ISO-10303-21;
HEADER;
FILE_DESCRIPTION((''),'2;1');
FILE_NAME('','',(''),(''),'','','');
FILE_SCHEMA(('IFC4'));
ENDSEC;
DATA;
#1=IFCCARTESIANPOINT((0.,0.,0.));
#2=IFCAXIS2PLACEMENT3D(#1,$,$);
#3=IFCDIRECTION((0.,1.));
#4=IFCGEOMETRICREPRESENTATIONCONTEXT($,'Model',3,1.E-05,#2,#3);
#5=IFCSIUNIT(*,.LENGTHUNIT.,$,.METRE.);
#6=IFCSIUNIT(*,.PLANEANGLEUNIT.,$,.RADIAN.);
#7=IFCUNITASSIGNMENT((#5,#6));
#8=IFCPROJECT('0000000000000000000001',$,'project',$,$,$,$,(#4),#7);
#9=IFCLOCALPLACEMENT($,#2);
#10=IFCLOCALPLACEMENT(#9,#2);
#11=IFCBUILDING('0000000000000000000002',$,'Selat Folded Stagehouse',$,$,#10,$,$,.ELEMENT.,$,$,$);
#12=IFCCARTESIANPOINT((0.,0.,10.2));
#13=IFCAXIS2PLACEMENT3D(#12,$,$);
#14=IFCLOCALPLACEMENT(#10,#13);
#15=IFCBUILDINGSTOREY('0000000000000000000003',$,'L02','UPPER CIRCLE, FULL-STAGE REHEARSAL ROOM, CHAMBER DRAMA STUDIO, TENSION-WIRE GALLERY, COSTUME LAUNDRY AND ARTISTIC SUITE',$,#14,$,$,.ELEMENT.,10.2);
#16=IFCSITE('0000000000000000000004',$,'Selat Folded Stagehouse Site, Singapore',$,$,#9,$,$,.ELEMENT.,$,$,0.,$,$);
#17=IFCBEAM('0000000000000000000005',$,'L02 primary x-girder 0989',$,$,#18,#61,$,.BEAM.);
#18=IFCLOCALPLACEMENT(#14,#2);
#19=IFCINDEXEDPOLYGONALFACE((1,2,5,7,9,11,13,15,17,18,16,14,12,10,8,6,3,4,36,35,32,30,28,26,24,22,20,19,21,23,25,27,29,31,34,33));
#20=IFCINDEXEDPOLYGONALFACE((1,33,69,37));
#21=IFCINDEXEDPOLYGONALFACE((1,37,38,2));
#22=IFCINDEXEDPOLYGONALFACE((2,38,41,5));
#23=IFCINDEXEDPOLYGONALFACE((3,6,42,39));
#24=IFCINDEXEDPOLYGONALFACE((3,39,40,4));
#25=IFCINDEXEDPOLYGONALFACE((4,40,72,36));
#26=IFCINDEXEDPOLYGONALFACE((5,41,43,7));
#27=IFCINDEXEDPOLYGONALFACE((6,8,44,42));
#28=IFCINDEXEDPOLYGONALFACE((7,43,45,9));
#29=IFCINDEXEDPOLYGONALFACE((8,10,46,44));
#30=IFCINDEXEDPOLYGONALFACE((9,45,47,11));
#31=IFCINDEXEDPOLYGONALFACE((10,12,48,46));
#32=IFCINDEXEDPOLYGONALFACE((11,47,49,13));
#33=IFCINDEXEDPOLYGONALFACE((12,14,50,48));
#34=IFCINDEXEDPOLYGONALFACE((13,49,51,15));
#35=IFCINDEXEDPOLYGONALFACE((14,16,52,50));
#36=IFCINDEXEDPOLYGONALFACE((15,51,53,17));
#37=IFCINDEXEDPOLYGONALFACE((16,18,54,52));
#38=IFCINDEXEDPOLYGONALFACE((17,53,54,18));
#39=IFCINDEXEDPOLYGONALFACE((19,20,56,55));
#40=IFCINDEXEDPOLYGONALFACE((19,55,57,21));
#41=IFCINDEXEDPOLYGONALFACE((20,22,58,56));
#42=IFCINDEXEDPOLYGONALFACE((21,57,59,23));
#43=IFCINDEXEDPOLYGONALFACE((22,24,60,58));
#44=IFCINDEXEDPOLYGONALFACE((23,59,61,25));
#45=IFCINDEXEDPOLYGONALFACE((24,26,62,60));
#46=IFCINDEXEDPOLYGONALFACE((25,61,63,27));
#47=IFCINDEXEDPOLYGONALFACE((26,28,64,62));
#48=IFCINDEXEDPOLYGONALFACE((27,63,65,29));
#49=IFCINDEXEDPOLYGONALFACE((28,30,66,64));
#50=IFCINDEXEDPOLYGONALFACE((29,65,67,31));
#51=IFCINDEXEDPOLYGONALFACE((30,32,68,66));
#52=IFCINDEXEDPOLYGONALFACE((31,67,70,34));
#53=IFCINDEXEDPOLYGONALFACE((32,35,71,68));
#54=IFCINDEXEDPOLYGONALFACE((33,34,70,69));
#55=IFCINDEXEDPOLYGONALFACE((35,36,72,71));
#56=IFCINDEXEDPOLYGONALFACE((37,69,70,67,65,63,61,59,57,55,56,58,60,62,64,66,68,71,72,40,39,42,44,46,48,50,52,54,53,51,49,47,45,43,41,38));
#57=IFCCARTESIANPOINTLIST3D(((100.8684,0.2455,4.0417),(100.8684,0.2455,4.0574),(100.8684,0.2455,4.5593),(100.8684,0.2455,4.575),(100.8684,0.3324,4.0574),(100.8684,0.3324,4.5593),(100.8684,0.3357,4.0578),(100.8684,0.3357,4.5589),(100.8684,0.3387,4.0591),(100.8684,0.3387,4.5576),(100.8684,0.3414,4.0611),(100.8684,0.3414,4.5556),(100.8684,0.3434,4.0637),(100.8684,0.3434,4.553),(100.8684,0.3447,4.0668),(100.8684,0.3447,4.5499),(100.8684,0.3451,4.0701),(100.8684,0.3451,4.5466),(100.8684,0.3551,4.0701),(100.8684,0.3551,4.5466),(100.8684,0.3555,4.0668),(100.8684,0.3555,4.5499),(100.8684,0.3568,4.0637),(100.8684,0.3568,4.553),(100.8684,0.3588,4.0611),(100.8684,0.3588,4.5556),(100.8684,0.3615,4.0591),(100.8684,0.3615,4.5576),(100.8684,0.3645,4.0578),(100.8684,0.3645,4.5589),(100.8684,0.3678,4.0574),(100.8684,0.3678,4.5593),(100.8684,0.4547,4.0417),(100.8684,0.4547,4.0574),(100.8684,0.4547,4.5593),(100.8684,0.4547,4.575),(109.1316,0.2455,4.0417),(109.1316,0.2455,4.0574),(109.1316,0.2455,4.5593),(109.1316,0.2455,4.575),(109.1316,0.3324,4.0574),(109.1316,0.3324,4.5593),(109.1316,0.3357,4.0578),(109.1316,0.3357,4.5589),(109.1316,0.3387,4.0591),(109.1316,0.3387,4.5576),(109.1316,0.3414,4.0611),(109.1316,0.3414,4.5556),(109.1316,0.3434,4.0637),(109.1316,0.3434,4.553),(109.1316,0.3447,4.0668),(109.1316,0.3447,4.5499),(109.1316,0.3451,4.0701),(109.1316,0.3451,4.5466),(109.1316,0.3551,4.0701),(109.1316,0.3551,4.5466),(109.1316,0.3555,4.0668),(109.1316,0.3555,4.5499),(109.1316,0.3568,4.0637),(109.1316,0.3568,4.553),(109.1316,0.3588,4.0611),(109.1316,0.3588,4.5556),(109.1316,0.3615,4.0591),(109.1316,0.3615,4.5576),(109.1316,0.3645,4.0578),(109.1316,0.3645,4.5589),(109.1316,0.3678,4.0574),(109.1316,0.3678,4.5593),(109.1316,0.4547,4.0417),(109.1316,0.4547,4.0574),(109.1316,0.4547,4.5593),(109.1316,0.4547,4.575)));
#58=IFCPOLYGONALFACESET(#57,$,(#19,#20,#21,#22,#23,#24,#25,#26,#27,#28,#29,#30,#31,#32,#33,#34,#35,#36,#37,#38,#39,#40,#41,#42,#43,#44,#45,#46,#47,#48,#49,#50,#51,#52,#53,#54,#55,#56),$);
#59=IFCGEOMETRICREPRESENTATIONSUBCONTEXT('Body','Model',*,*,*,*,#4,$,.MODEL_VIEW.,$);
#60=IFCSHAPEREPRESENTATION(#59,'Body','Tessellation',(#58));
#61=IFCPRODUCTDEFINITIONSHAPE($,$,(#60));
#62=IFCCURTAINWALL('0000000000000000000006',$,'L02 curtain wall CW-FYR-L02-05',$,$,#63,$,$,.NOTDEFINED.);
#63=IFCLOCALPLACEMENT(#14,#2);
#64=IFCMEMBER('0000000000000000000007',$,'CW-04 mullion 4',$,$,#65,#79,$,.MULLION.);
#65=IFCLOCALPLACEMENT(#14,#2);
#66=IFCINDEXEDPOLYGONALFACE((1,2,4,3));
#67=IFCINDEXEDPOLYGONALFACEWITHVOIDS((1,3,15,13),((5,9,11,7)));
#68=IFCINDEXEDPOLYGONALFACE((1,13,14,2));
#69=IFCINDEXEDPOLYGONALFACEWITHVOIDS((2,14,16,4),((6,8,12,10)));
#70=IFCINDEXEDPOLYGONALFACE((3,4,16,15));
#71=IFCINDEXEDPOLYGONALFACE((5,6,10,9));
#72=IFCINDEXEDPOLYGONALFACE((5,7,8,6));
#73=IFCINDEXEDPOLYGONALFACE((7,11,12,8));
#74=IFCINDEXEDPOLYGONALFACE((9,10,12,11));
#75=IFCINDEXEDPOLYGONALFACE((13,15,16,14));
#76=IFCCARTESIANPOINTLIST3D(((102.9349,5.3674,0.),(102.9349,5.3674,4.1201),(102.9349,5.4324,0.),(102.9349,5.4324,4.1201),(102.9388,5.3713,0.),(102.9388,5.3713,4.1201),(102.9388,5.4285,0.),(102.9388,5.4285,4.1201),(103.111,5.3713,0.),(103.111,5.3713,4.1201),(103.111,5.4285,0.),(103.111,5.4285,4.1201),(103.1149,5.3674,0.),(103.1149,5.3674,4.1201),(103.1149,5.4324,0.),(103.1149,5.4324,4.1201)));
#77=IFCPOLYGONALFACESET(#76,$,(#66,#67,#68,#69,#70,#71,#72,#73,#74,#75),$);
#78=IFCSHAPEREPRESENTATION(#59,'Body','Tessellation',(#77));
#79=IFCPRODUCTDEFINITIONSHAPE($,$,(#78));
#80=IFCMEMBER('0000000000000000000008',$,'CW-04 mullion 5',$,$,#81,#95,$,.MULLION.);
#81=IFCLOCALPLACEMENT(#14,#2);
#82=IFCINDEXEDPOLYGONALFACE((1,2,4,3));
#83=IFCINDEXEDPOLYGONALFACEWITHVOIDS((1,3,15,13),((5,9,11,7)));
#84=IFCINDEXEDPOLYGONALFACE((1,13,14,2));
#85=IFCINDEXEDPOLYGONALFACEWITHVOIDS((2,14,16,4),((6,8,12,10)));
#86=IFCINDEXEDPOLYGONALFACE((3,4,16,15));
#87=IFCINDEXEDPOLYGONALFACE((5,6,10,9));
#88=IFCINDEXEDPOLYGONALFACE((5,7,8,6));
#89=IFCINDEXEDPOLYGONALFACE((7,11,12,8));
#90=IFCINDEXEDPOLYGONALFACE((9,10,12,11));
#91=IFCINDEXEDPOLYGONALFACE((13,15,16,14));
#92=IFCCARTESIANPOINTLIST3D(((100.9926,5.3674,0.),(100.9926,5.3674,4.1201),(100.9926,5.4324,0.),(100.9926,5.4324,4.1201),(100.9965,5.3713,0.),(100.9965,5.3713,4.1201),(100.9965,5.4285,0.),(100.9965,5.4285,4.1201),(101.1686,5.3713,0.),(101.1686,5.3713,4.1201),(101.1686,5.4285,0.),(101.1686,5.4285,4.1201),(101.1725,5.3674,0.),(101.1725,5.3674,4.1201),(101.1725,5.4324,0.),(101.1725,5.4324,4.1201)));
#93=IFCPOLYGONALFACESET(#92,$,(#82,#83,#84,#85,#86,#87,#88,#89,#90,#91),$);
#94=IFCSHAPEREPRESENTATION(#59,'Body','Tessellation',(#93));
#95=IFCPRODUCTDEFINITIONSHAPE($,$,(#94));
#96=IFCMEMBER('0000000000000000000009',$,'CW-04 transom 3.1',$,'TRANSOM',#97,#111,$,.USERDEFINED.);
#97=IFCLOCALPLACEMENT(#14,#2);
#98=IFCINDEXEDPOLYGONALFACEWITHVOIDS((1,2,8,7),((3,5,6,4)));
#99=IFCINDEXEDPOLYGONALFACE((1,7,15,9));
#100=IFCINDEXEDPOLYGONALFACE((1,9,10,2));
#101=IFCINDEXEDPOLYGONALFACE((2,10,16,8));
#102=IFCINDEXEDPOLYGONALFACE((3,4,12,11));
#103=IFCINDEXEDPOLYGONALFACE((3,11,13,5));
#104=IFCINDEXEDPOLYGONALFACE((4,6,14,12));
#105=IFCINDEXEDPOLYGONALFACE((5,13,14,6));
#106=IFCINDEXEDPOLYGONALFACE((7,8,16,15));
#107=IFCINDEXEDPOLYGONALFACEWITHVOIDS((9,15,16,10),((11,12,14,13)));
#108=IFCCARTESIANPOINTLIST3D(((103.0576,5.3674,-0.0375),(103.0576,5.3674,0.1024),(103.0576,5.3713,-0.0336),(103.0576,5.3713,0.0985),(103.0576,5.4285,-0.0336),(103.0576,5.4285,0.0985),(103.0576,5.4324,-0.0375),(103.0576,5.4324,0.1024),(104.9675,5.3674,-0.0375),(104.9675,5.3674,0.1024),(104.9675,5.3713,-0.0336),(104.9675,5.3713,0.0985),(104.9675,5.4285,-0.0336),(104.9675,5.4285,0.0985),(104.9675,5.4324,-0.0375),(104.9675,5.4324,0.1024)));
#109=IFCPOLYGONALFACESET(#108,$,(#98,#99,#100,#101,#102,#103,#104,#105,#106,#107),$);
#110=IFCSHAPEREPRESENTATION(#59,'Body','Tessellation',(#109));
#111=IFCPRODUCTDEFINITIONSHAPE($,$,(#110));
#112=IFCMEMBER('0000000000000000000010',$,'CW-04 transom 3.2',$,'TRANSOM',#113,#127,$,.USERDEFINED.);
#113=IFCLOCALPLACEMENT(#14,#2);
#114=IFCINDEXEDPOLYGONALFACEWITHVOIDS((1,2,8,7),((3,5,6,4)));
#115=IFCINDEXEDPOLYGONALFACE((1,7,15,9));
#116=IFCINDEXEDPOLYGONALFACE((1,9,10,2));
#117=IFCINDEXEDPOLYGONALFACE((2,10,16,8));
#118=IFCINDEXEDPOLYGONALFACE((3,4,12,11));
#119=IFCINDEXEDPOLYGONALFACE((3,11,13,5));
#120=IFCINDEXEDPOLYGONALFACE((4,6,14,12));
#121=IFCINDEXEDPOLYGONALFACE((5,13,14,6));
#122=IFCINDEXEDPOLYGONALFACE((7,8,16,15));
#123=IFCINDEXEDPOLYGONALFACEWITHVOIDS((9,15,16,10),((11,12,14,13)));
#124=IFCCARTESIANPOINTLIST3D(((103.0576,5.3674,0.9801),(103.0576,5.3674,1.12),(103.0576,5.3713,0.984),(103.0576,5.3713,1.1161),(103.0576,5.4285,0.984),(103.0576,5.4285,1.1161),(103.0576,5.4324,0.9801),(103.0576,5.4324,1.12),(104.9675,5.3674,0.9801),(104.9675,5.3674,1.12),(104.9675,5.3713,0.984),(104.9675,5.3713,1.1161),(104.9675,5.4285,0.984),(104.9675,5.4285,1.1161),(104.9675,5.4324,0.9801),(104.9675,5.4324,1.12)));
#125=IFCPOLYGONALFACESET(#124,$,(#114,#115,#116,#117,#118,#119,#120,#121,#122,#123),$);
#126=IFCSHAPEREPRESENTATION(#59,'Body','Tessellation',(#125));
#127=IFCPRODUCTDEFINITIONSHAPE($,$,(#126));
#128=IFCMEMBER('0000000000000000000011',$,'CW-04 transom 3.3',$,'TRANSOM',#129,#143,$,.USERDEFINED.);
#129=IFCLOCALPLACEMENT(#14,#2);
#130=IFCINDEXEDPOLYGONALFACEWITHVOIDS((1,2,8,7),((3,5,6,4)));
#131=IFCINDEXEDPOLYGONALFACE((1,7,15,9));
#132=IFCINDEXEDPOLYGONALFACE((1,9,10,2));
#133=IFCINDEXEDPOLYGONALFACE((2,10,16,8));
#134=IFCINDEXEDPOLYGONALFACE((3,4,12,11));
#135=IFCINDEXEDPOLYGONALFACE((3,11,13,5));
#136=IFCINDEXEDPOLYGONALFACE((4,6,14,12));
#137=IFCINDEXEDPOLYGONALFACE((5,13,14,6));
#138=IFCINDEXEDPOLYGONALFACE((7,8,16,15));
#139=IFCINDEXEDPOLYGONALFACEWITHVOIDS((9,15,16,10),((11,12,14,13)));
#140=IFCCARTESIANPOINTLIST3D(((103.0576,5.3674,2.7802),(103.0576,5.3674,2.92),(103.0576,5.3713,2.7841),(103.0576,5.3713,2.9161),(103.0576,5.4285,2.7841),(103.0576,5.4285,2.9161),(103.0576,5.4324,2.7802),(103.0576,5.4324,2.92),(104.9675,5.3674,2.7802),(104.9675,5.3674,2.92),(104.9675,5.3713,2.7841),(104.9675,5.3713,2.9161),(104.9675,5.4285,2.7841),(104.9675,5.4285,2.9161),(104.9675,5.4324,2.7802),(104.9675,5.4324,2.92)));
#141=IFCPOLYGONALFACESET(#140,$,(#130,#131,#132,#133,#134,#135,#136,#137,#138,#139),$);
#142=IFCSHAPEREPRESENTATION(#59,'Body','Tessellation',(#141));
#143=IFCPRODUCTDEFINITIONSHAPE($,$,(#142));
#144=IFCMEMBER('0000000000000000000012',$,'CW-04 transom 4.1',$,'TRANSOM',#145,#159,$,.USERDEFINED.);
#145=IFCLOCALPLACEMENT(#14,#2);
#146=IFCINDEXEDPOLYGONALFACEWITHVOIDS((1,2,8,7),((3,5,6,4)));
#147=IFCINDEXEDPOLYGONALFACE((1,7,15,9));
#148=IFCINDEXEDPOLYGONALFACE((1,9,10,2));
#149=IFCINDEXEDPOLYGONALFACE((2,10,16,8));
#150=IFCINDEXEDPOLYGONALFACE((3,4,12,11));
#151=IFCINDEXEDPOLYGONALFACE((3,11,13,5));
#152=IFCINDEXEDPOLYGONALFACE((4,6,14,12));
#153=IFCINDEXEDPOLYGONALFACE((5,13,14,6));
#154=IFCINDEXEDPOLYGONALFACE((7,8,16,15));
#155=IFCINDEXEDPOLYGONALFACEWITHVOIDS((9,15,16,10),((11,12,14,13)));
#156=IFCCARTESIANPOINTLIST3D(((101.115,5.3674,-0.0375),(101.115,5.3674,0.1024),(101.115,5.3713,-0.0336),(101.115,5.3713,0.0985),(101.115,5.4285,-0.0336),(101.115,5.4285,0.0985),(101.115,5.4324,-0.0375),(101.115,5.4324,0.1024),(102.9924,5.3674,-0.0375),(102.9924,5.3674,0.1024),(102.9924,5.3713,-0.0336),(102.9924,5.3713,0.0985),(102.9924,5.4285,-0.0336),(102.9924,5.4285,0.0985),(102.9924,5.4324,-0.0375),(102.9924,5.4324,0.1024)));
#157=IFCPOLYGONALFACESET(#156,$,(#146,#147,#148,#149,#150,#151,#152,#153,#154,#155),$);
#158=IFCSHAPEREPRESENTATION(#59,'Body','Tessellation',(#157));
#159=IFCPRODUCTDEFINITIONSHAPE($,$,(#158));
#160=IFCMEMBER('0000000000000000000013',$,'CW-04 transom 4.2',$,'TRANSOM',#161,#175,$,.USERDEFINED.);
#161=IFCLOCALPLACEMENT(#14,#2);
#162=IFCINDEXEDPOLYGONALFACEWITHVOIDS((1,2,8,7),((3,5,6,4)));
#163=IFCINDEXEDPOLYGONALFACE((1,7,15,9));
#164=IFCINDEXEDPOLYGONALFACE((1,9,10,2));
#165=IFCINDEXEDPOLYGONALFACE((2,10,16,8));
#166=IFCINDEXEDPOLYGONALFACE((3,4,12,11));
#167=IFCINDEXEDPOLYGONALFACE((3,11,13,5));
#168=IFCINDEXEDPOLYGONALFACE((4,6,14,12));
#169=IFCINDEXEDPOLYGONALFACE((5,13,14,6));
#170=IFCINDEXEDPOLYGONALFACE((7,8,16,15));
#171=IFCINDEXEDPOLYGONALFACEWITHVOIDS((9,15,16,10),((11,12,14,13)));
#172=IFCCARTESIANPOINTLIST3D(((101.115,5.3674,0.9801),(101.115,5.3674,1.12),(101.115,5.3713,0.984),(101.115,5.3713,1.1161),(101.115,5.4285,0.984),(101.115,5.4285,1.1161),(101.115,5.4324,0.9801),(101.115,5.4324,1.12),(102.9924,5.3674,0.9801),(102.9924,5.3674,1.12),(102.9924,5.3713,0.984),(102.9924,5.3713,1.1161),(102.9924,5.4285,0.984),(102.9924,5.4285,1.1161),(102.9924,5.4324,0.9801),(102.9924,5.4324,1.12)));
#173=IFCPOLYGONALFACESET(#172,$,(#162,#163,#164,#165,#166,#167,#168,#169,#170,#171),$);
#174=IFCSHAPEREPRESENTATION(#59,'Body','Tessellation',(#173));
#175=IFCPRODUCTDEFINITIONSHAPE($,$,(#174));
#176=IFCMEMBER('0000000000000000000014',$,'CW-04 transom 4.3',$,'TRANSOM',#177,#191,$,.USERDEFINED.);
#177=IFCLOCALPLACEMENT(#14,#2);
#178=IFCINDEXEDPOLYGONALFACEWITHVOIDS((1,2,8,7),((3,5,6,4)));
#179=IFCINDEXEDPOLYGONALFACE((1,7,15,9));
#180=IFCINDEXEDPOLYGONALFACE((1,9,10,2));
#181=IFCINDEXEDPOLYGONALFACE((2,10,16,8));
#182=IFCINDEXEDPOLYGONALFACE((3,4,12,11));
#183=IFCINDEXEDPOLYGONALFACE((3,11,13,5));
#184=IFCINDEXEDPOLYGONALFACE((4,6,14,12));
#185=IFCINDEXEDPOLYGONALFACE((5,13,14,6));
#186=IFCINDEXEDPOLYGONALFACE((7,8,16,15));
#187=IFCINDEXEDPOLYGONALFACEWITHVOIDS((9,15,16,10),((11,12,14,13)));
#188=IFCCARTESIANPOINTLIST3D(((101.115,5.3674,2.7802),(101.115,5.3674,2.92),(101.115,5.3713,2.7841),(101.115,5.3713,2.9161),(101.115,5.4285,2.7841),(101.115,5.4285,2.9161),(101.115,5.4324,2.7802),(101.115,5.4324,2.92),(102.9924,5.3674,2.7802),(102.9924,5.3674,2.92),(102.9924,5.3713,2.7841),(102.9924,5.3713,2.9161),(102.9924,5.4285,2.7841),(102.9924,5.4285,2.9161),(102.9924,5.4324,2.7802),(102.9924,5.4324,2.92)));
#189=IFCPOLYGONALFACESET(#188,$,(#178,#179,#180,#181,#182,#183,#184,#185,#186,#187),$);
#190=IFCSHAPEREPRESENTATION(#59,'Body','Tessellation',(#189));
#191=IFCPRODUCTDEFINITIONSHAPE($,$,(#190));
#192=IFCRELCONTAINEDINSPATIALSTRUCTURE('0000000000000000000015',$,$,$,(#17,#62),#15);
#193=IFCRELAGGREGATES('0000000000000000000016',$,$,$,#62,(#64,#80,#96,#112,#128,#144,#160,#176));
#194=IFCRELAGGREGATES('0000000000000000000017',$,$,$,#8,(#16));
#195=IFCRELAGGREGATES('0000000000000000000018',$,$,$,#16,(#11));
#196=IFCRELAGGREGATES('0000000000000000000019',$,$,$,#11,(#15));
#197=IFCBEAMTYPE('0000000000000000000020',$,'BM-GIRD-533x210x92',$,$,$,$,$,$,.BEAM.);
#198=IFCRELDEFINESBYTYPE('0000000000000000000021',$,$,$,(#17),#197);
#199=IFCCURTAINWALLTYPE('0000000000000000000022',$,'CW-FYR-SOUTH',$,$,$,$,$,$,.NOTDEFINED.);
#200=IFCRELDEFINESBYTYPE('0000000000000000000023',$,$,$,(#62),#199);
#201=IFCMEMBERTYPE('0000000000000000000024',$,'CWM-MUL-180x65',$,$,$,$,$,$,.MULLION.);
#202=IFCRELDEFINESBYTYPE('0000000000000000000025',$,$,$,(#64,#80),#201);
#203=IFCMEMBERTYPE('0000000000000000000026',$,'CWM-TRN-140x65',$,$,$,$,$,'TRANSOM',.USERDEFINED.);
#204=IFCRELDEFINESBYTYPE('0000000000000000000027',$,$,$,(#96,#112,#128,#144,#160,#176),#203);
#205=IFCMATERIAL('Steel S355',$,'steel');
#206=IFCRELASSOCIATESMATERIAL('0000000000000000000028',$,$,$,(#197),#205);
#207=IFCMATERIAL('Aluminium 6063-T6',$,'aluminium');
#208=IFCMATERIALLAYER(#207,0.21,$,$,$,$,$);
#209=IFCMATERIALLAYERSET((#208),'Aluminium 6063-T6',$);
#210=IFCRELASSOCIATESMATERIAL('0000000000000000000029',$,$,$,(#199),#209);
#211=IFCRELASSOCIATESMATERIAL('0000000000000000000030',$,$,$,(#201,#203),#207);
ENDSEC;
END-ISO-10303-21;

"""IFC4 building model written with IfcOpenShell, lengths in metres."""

from ifc_helpers import new_model, si_unit, direction, frame, origin, origin_2d, place, context, subcontext, project, spatial, hollow_rectangle, i_section, extrude, material, layer, layer_set, material_profile, profile_set, type_object, element, aggregate, save


model = new_model("IFC4")

# Units and contexts
model_context = context("Model", 3, precision=1e-05, world=origin(), true_north=direction((0.0, 1.0)))
body_context = subcontext(model_context, "Body", "Model", "MODEL_VIEW")
ifc_project = project(units=[si_unit("LENGTHUNIT", "METRE"), si_unit("PLANEANGLEUNIT", "RADIAN")], contexts=[model_context])

# Site, building, storey
site_placement = place(None, origin())
site = spatial("IfcSite", under=ifc_project, at=site_placement, Name="Selat Folded Stagehouse Site, Singapore", CompositionType="ELEMENT", RefElevation=0.0)
building_placement = place(site_placement, origin())
building = spatial("IfcBuilding", under=site, at=building_placement, Name="Selat Folded Stagehouse", CompositionType="ELEMENT")
storey_placement = place(building_placement, frame((0.0, 0.0, 10.2)))
storey = spatial("IfcBuildingStorey", under=building, at=storey_placement, Name="L02", Description="UPPER CIRCLE, FULL-STAGE REHEARSAL ROOM, CHAMBER DRAMA STUDIO, TENSION-WIRE GALLERY, COSTUME LAUNDRY AND ARTISTIC SUITE", CompositionType="ELEMENT", Elevation=10.2)

# Beam
ifc_material_1 = material(Name="Steel S355", Category="steel")
ifc_material_profile_1 = material_profile(ifc_material_1, i_section(OverallWidth=0.2092, OverallDepth=0.5332, WebThickness=0.01, FlangeThickness=0.0156, FilletRadius=0.0127, at=origin_2d()), Name="UKB 533x210x92")
ifc_profile_set_1 = profile_set([ifc_material_profile_1], Name="Steel S355")
beam_type_1 = type_object("IfcBeamType", Name="BM-GIRD-533x210x92", PredefinedType="BEAM", material=ifc_profile_set_1)
beam_placement = place(storey_placement, frame((100.8684, 0.3501, 4.3083), z_axis=(1.0, 0.0, 0.0), x_axis=(0.0, 1.0, 0.0)))
element("IfcBeam", 1, at=beam_placement, inside=storey, type_object=beam_type_1, Name="L02 primary x-girder 0989", PredefinedType="BEAM", context=body_context, shape_type="SweptSolid", body=[
    extrude(i_section(OverallWidth=0.2092, OverallDepth=0.5332, WebThickness=0.01, FlangeThickness=0.0156, FilletRadius=0.0127, at=origin_2d()), origin(), (0.0, 0.0, 1.0), 8.2632),
])

# Curtain wall, members
ifc_material_2 = material(Name="Aluminium 6063-T6", Category="aluminium")
ifc_layer_1 = layer(ifc_material_2, 0.21)
ifc_layer_set_1 = layer_set([ifc_layer_1], Name="Aluminium 6063-T6")
curtain_wall_type = type_object("IfcCurtainWallType", Name="CW-FYR-SOUTH", PredefinedType="NOTDEFINED", material=ifc_layer_set_1)
curtain_wall_placement = place(storey_placement, origin())
curtain_wall = element("IfcCurtainWall", 2, at=curtain_wall_placement, inside=storey, type_object=curtain_wall_type, Name="L02 curtain wall CW-FYR-L02-05", PredefinedType="NOTDEFINED")
ifc_material_profile_2 = material_profile(ifc_material_2, hollow_rectangle(XDim=0.0649, YDim=0.1799, WallThickness=0.0039, at=origin_2d()), Name="ALU 180x65x4.0")
ifc_profile_set_2 = profile_set([ifc_material_profile_2], Name="Aluminium 6063-T6")
member_type_1 = type_object("IfcMemberType", Name="CWM-MUL-180x65", PredefinedType="MULLION", material=ifc_profile_set_2)
member_1_placement = place(storey_placement, frame((103.0249, 5.3999, 0.0), z_axis=(0.0, 0.0, 1.0), x_axis=(0.0, -1.0, 0.0)))
member_1 = element("IfcMember", 3, at=member_1_placement, type_object=member_type_1, Name="CW-04 mullion 4", PredefinedType="MULLION", context=body_context, shape_type="SweptSolid", body=[
    extrude(hollow_rectangle(XDim=0.0649, YDim=0.1799, WallThickness=0.0039, at=origin_2d()), origin(), (0.0, 0.0, 1.0), 4.1201),
])
member_2_placement = place(storey_placement, frame((101.0825, 5.3999, 0.0), z_axis=(0.0, 0.0, 1.0), x_axis=(0.0, -1.0, 0.0)))
member_2 = element("IfcMember", 4, at=member_2_placement, type_object=member_type_1, Name="CW-04 mullion 5", PredefinedType="MULLION", context=body_context, shape_type="SweptSolid", body=[
    extrude(hollow_rectangle(XDim=0.0649, YDim=0.1799, WallThickness=0.0039, at=origin_2d()), origin(), (0.0, 0.0, 1.0), 4.1201),
])
ifc_material_profile_3 = material_profile(ifc_material_2, hollow_rectangle(XDim=0.0649, YDim=0.1399, WallThickness=0.0039, at=origin_2d()), Name="ALU 140x65x4.0")
ifc_profile_set_3 = profile_set([ifc_material_profile_3], Name="Aluminium 6063-T6")
member_type_2 = type_object("IfcMemberType", Name="CWM-TRN-140x65", ElementType="TRANSOM", PredefinedType="USERDEFINED", material=ifc_profile_set_3)
member_3_placement = place(storey_placement, frame((104.9675, 5.3999, 0.0325), z_axis=(-1.0, 0.0, 0.0), x_axis=(0.0, -1.0, 0.0)))
member_3 = element("IfcMember", 5, at=member_3_placement, type_object=member_type_2, Name="CW-04 transom 3.1", ObjectType="TRANSOM", PredefinedType="USERDEFINED", context=body_context, shape_type="SweptSolid", body=[
    extrude(hollow_rectangle(XDim=0.0649, YDim=0.1399, WallThickness=0.0039, at=origin_2d()), origin(), (0.0, 0.0, 1.0), 1.9099),
])
member_4_placement = place(storey_placement, frame((104.9675, 5.3999, 1.05), z_axis=(-1.0, 0.0, 0.0), x_axis=(0.0, -1.0, 0.0)))
member_4 = element("IfcMember", 6, at=member_4_placement, type_object=member_type_2, Name="CW-04 transom 3.2", ObjectType="TRANSOM", PredefinedType="USERDEFINED", context=body_context, shape_type="SweptSolid", body=[
    extrude(hollow_rectangle(XDim=0.0649, YDim=0.1399, WallThickness=0.0039, at=origin_2d()), origin(), (0.0, 0.0, 1.0), 1.9099),
])
member_5_placement = place(storey_placement, frame((104.9675, 5.3999, 2.8501), z_axis=(-1.0, 0.0, 0.0), x_axis=(0.0, -1.0, 0.0)))
member_5 = element("IfcMember", 7, at=member_5_placement, type_object=member_type_2, Name="CW-04 transom 3.3", ObjectType="TRANSOM", PredefinedType="USERDEFINED", context=body_context, shape_type="SweptSolid", body=[
    extrude(hollow_rectangle(XDim=0.0649, YDim=0.1399, WallThickness=0.0039, at=origin_2d()), origin(), (0.0, 0.0, 1.0), 1.9099),
])
member_6_placement = place(storey_placement, frame((102.9924, 5.3999, 0.0325), z_axis=(-1.0, 0.0, 0.0), x_axis=(0.0, -1.0, 0.0)))
member_6 = element("IfcMember", 8, at=member_6_placement, type_object=member_type_2, Name="CW-04 transom 4.1", ObjectType="TRANSOM", PredefinedType="USERDEFINED", context=body_context, shape_type="SweptSolid", body=[
    extrude(hollow_rectangle(XDim=0.0649, YDim=0.1399, WallThickness=0.0039, at=origin_2d()), origin(), (0.0, 0.0, 1.0), 1.8774),
])
member_7_placement = place(storey_placement, frame((102.9924, 5.3999, 1.05), z_axis=(-1.0, 0.0, 0.0), x_axis=(0.0, -1.0, 0.0)))
member_7 = element("IfcMember", 9, at=member_7_placement, type_object=member_type_2, Name="CW-04 transom 4.2", ObjectType="TRANSOM", PredefinedType="USERDEFINED", context=body_context, shape_type="SweptSolid", body=[
    extrude(hollow_rectangle(XDim=0.0649, YDim=0.1399, WallThickness=0.0039, at=origin_2d()), origin(), (0.0, 0.0, 1.0), 1.8774),
])
member_8_placement = place(storey_placement, frame((102.9924, 5.3999, 2.8501), z_axis=(-1.0, 0.0, 0.0), x_axis=(0.0, -1.0, 0.0)))
member_8 = element("IfcMember", 10, at=member_8_placement, type_object=member_type_2, Name="CW-04 transom 4.3", ObjectType="TRANSOM", PredefinedType="USERDEFINED", context=body_context, shape_type="SweptSolid", body=[
    extrude(hollow_rectangle(XDim=0.0649, YDim=0.1399, WallThickness=0.0039, at=origin_2d()), origin(), (0.0, 0.0, 1.0), 1.8774),
])

aggregate(curtain_wall, [member_1, member_2, member_3, member_4, member_5, member_6, member_7, member_8])

save(model, "model.ifc")
